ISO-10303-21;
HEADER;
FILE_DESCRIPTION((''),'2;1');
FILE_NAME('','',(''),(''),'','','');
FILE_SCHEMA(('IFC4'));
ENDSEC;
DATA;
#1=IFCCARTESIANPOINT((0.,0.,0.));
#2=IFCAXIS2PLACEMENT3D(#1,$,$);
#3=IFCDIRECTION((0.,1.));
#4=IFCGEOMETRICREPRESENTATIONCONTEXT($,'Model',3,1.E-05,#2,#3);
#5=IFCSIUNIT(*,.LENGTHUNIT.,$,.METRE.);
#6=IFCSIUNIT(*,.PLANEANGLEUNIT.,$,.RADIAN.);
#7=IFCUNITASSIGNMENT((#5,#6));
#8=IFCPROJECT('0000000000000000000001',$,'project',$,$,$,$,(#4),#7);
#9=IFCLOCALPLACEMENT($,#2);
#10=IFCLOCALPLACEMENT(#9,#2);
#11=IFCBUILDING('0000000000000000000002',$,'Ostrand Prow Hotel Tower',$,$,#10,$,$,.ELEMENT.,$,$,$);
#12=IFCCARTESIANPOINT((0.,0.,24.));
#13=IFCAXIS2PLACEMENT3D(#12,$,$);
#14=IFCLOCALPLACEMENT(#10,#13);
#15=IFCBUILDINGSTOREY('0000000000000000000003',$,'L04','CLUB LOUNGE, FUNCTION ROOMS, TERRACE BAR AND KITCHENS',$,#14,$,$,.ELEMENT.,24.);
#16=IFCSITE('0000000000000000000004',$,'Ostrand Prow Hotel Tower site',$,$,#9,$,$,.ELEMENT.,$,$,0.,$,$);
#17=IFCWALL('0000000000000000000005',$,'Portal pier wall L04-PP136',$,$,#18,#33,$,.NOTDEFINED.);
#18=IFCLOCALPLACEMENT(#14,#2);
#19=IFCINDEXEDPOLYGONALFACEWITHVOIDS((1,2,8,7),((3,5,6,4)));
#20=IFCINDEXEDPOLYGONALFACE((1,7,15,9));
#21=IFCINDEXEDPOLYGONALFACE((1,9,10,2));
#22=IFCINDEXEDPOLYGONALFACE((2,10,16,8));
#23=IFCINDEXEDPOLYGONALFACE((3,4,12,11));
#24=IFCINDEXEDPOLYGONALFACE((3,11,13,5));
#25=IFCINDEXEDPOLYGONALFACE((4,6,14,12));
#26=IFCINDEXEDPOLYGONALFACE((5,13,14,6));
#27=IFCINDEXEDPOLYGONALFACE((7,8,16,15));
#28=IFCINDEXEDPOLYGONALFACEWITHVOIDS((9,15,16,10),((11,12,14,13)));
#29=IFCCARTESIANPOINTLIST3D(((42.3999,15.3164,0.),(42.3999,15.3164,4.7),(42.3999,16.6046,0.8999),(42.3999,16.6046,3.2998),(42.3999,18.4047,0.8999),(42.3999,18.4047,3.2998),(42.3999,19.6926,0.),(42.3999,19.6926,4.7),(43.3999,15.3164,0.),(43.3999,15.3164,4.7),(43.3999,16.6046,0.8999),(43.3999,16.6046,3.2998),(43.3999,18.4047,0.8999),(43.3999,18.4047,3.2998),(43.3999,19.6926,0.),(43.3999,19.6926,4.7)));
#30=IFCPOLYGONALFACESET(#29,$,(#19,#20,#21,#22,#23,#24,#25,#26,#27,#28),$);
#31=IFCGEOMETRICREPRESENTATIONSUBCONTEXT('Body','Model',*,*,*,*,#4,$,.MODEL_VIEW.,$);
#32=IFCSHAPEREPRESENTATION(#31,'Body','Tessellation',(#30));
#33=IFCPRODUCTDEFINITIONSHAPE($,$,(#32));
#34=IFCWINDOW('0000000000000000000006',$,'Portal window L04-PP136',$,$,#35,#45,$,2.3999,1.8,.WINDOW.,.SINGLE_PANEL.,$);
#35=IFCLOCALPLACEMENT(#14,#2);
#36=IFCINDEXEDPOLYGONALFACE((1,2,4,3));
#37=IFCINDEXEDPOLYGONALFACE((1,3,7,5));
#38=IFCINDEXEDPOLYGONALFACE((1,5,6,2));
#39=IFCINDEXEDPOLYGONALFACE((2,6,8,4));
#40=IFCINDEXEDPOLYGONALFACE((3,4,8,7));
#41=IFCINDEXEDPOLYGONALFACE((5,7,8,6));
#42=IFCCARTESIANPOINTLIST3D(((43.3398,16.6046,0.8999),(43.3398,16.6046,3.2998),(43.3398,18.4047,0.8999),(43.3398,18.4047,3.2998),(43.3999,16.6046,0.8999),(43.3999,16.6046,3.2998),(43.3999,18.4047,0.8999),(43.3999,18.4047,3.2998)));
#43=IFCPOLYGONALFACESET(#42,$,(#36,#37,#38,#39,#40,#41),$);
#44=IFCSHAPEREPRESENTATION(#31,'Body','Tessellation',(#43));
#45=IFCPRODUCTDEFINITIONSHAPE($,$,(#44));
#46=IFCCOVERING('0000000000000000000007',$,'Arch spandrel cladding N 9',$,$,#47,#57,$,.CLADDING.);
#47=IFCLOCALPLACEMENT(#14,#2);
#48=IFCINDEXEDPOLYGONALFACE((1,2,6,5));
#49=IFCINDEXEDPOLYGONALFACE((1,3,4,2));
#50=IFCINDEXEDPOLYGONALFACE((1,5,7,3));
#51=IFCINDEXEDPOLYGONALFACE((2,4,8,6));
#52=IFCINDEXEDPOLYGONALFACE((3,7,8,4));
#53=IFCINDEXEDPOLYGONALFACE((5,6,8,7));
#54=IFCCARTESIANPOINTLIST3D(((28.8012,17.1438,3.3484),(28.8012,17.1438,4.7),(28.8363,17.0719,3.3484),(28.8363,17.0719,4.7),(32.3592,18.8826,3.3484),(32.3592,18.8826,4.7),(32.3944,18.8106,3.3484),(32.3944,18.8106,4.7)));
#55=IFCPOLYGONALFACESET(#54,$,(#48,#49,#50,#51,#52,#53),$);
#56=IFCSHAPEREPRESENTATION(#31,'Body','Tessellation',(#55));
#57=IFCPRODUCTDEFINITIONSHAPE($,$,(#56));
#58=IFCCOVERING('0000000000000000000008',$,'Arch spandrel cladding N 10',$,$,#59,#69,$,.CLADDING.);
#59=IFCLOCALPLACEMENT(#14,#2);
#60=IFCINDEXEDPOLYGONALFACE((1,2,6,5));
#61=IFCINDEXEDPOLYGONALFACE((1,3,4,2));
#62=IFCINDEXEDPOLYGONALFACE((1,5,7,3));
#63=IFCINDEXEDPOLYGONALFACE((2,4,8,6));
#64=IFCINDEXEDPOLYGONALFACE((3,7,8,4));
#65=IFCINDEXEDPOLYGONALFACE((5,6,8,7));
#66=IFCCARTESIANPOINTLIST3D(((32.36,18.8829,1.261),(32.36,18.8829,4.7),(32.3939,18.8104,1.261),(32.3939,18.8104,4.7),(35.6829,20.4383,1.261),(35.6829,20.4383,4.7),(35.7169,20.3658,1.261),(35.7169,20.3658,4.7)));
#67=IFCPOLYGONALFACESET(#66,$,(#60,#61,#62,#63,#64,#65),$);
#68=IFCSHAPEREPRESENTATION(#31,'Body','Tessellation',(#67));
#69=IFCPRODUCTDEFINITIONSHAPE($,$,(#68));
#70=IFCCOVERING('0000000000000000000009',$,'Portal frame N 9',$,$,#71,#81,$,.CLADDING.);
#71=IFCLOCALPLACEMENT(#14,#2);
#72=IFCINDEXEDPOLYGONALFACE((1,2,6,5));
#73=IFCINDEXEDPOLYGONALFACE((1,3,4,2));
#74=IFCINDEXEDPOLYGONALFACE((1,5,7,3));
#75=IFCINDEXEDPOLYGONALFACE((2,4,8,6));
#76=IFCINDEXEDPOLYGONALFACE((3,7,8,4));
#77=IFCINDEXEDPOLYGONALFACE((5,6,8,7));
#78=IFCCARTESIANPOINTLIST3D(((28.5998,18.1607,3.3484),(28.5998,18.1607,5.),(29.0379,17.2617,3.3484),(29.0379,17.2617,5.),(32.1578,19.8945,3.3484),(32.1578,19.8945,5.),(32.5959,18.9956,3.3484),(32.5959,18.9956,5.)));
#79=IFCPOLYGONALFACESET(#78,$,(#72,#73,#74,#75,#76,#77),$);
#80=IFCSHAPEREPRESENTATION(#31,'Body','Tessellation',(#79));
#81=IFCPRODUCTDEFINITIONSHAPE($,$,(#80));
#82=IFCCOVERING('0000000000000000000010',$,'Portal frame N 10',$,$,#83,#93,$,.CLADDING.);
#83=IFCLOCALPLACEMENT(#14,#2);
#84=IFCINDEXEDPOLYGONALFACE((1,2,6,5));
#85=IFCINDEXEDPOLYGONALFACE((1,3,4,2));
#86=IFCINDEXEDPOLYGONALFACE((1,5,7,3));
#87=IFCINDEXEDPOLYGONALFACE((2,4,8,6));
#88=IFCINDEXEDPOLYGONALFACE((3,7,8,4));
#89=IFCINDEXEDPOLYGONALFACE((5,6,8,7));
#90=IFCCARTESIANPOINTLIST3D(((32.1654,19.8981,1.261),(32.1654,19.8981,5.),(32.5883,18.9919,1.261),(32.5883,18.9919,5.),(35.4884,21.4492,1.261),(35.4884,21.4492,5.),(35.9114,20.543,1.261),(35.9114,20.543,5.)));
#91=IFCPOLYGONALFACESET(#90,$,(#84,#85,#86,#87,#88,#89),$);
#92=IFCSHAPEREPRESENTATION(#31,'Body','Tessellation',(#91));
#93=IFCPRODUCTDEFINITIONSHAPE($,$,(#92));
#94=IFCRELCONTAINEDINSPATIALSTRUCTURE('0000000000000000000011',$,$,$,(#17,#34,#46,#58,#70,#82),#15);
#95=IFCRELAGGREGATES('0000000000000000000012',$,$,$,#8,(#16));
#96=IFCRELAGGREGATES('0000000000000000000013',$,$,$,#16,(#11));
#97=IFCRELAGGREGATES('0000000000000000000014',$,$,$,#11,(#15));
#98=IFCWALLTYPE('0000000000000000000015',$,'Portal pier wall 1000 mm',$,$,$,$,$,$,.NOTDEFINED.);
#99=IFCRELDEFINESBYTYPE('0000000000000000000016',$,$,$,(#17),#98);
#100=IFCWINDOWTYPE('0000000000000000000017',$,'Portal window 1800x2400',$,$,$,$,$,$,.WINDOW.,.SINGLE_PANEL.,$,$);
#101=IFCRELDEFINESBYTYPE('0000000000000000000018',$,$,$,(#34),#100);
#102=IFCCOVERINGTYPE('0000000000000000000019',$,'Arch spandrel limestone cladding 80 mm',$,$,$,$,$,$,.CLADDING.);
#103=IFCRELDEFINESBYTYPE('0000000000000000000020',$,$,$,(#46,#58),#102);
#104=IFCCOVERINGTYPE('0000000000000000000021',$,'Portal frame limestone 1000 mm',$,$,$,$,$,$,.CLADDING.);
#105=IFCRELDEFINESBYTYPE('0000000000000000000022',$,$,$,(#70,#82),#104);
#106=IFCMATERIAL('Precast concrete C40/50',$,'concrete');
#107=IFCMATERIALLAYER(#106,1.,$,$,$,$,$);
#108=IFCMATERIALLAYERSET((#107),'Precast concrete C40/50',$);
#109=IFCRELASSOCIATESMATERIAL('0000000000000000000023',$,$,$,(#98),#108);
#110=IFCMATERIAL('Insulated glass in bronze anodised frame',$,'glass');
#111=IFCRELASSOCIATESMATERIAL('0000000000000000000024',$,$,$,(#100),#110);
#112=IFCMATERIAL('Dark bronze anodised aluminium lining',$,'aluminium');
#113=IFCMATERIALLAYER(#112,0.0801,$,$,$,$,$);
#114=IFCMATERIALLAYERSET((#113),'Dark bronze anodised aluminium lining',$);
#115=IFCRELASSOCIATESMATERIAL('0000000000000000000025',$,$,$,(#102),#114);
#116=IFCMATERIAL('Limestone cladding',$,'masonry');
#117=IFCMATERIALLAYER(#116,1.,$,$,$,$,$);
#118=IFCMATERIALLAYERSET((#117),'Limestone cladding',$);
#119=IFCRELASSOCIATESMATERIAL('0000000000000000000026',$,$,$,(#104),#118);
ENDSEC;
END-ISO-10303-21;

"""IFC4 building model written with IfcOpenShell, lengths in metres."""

from ifc_helpers import new_model, si_unit, direction, frame, frame_2d, origin, place, context, subcontext, project, spatial, polyline, rectangle, outline, extrude, material, layer, layer_set, type_object, element, fill, save


model = new_model("IFC4")

# Units and contexts
model_context = context("Model", 3, precision=1e-05, world=origin(), true_north=direction((0.0, 1.0)))
body_context = subcontext(model_context, "Body", "Model", "MODEL_VIEW")
ifc_project = project(units=[si_unit("LENGTHUNIT", "METRE"), si_unit("PLANEANGLEUNIT", "RADIAN")], contexts=[model_context])

# Site, building, storey
site_placement = place(None, origin())
site = spatial("IfcSite", under=ifc_project, at=site_placement, Name="Ostrand Prow Hotel Tower site", CompositionType="ELEMENT", RefElevation=0.0)
building_placement = place(site_placement, origin())
building = spatial("IfcBuilding", under=site, at=building_placement, Name="Ostrand Prow Hotel Tower", CompositionType="ELEMENT")
storey_placement = place(building_placement, frame((0.0, 0.0, 24.0)))
storey = spatial("IfcBuildingStorey", under=building, at=storey_placement, Name="L04", Description="CLUB LOUNGE, FUNCTION ROOMS, TERRACE BAR AND KITCHENS", CompositionType="ELEMENT", Elevation=24.0)

# Shared definitions
ifc_material_1 = material(Name="Precast concrete C40/50", Category="concrete")
ifc_layer_1 = layer(ifc_material_1, 1.0)
ifc_layer_set_1 = layer_set([ifc_layer_1], Name="Precast concrete C40/50")
wall_type_1 = type_object("IfcWallType", Name="Portal pier wall 1000 mm", PredefinedType="NOTDEFINED", material=ifc_layer_set_1)

# Shared definitions
ifc_material_2 = material(Name="Insulated glass in bronze anodised frame", Category="glass")
window_type = type_object("IfcWindowType", Name="Portal window 1800x2400", PartitioningType="SINGLE_PANEL", PredefinedType="WINDOW", material=ifc_material_2)

# Wall, opening, window
wall_1_placement = place(storey_placement, frame((42.8999, 19.6926, 0.0), z_axis=(0.0, 0.0, 1.0), x_axis=(0.0, -1.0, 0.0)))
wall_1 = element("IfcWall", 1, at=wall_1_placement, inside=storey, type_object=wall_type_1, Name="Portal pier wall L04-PP136", PredefinedType="NOTDEFINED", context=body_context, shape_type="SweptSolid", body=[
    extrude(outline(polyline([(0.0, -0.5), (4.3762, -0.5), (4.3762, 0.5), (0.0, 0.5), (0.0, -0.5)])), origin(), (0.0, 0.0, 1.0), 4.7),
])
opening_1_placement = place(wall_1_placement, frame((1.2881, 0.0, 0.8999)))
opening_1 = element("IfcOpeningElement", 2, at=opening_1_placement, cuts=wall_1, PredefinedType="OPENING", context=body_context, shape_type="SweptSolid", body=[
    extrude(rectangle(XDim=1.8, YDim=2.3999, at=frame_2d((0.8999, 1.2))), frame((0.0, 0.51, 0.0), z_axis=(0.0, -1.0, 0.0), x_axis=(1.0, 0.0, 0.0)), (0.0, 0.0, 1.0), 1.02),
])
window_1_placement = place(opening_1_placement, origin())
window_1 = element("IfcWindow", 3, at=window_1_placement, inside=storey, type_object=window_type, Name="Portal window L04-PP136", OverallHeight=2.3999, OverallWidth=1.8, PartitioningType="SINGLE_PANEL", PredefinedType="WINDOW", context=body_context, shape_type="SweptSolid", body=[
    extrude(rectangle(XDim=1.8, YDim=2.3999, at=frame_2d((0.8999, 1.2))), frame((0.0, 0.5, 0.0), z_axis=(0.0, -1.0, 0.0), x_axis=(1.0, 0.0, 0.0)), (0.0, 0.0, 1.0), 0.0601),
])
fill(opening_1, window_1)

# Coverings
ifc_material_3 = material(Name="Dark bronze anodised aluminium lining", Category="aluminium")
ifc_layer_2 = layer(ifc_material_3, 0.0801)
ifc_layer_set_2 = layer_set([ifc_layer_2], Name="Dark bronze anodised aluminium lining")
covering_type_1 = type_object("IfcCoveringType", Name="Arch spandrel limestone cladding 80 mm", PredefinedType="CLADDING", material=ifc_layer_set_2)
covering_1_placement = place(storey_placement, frame((28.8188, 17.1079, 3.3484), z_axis=(0.0, 0.0, 1.0), x_axis=(0.898459, 0.439058, 0.0)))
element("IfcCovering", 4, at=covering_1_placement, inside=storey, type_object=covering_type_1, Name="Arch spandrel cladding N 9", PredefinedType="CLADDING", context=body_context, shape_type="SweptSolid", body=[
    extrude(rectangle(XDim=3.9602, YDim=0.0801, at=frame_2d((1.98, 0.0))), origin(), (0.0, 0.0, 1.0), 1.3516),
])
covering_2_placement = place(storey_placement, frame((32.377, 18.8467, 1.261), z_axis=(0.0, 0.0, 1.0), x_axis=(0.905693, 0.423934, 0.0)))
element("IfcCovering", 5, at=covering_2_placement, inside=storey, type_object=covering_type_1, Name="Arch spandrel cladding N 10", PredefinedType="CLADDING", context=body_context, shape_type="SweptSolid", body=[
    extrude(rectangle(XDim=3.6689, YDim=0.0801, at=frame_2d((1.8345, 0.0))), origin(), (0.0, 0.0, 1.0), 3.439),
])
ifc_material_4 = material(Name="Limestone cladding", Category="masonry")
ifc_layer_3 = layer(ifc_material_4, 1.0)
ifc_layer_set_3 = layer_set([ifc_layer_3], Name="Limestone cladding")
covering_type_2 = type_object("IfcCoveringType", Name="Portal frame limestone 1000 mm", PredefinedType="CLADDING", material=ifc_layer_set_3)
covering_3_placement = place(storey_placement, frame((28.8188, 17.7112, 3.3484), z_axis=(0.0, 0.0, 1.0), x_axis=(0.898945, 0.438061, 0.0)))
element("IfcCovering", 6, at=covering_3_placement, inside=storey, type_object=covering_type_2, Name="Portal frame N 9", PredefinedType="CLADDING", context=body_context, shape_type="SweptSolid", body=[
    extrude(rectangle(XDim=3.958, YDim=1.0, at=frame_2d((1.979, 0.0))), origin(), (0.0, 0.0, 1.0), 1.6516),
])
covering_4_placement = place(storey_placement, frame((32.377, 19.4451, 1.261), z_axis=(0.0, 0.0, 1.0), x_axis=(0.906153, 0.422951, 0.0)))
element("IfcCovering", 7, at=covering_4_placement, inside=storey, type_object=covering_type_2, Name="Portal frame N 10", PredefinedType="CLADDING", context=body_context, shape_type="SweptSolid", body=[
    extrude(rectangle(XDim=3.6672, YDim=1.0, at=frame_2d((1.8335, 0.0))), origin(), (0.0, 0.0, 1.0), 3.739),
])

save(model, "model.ifc")
